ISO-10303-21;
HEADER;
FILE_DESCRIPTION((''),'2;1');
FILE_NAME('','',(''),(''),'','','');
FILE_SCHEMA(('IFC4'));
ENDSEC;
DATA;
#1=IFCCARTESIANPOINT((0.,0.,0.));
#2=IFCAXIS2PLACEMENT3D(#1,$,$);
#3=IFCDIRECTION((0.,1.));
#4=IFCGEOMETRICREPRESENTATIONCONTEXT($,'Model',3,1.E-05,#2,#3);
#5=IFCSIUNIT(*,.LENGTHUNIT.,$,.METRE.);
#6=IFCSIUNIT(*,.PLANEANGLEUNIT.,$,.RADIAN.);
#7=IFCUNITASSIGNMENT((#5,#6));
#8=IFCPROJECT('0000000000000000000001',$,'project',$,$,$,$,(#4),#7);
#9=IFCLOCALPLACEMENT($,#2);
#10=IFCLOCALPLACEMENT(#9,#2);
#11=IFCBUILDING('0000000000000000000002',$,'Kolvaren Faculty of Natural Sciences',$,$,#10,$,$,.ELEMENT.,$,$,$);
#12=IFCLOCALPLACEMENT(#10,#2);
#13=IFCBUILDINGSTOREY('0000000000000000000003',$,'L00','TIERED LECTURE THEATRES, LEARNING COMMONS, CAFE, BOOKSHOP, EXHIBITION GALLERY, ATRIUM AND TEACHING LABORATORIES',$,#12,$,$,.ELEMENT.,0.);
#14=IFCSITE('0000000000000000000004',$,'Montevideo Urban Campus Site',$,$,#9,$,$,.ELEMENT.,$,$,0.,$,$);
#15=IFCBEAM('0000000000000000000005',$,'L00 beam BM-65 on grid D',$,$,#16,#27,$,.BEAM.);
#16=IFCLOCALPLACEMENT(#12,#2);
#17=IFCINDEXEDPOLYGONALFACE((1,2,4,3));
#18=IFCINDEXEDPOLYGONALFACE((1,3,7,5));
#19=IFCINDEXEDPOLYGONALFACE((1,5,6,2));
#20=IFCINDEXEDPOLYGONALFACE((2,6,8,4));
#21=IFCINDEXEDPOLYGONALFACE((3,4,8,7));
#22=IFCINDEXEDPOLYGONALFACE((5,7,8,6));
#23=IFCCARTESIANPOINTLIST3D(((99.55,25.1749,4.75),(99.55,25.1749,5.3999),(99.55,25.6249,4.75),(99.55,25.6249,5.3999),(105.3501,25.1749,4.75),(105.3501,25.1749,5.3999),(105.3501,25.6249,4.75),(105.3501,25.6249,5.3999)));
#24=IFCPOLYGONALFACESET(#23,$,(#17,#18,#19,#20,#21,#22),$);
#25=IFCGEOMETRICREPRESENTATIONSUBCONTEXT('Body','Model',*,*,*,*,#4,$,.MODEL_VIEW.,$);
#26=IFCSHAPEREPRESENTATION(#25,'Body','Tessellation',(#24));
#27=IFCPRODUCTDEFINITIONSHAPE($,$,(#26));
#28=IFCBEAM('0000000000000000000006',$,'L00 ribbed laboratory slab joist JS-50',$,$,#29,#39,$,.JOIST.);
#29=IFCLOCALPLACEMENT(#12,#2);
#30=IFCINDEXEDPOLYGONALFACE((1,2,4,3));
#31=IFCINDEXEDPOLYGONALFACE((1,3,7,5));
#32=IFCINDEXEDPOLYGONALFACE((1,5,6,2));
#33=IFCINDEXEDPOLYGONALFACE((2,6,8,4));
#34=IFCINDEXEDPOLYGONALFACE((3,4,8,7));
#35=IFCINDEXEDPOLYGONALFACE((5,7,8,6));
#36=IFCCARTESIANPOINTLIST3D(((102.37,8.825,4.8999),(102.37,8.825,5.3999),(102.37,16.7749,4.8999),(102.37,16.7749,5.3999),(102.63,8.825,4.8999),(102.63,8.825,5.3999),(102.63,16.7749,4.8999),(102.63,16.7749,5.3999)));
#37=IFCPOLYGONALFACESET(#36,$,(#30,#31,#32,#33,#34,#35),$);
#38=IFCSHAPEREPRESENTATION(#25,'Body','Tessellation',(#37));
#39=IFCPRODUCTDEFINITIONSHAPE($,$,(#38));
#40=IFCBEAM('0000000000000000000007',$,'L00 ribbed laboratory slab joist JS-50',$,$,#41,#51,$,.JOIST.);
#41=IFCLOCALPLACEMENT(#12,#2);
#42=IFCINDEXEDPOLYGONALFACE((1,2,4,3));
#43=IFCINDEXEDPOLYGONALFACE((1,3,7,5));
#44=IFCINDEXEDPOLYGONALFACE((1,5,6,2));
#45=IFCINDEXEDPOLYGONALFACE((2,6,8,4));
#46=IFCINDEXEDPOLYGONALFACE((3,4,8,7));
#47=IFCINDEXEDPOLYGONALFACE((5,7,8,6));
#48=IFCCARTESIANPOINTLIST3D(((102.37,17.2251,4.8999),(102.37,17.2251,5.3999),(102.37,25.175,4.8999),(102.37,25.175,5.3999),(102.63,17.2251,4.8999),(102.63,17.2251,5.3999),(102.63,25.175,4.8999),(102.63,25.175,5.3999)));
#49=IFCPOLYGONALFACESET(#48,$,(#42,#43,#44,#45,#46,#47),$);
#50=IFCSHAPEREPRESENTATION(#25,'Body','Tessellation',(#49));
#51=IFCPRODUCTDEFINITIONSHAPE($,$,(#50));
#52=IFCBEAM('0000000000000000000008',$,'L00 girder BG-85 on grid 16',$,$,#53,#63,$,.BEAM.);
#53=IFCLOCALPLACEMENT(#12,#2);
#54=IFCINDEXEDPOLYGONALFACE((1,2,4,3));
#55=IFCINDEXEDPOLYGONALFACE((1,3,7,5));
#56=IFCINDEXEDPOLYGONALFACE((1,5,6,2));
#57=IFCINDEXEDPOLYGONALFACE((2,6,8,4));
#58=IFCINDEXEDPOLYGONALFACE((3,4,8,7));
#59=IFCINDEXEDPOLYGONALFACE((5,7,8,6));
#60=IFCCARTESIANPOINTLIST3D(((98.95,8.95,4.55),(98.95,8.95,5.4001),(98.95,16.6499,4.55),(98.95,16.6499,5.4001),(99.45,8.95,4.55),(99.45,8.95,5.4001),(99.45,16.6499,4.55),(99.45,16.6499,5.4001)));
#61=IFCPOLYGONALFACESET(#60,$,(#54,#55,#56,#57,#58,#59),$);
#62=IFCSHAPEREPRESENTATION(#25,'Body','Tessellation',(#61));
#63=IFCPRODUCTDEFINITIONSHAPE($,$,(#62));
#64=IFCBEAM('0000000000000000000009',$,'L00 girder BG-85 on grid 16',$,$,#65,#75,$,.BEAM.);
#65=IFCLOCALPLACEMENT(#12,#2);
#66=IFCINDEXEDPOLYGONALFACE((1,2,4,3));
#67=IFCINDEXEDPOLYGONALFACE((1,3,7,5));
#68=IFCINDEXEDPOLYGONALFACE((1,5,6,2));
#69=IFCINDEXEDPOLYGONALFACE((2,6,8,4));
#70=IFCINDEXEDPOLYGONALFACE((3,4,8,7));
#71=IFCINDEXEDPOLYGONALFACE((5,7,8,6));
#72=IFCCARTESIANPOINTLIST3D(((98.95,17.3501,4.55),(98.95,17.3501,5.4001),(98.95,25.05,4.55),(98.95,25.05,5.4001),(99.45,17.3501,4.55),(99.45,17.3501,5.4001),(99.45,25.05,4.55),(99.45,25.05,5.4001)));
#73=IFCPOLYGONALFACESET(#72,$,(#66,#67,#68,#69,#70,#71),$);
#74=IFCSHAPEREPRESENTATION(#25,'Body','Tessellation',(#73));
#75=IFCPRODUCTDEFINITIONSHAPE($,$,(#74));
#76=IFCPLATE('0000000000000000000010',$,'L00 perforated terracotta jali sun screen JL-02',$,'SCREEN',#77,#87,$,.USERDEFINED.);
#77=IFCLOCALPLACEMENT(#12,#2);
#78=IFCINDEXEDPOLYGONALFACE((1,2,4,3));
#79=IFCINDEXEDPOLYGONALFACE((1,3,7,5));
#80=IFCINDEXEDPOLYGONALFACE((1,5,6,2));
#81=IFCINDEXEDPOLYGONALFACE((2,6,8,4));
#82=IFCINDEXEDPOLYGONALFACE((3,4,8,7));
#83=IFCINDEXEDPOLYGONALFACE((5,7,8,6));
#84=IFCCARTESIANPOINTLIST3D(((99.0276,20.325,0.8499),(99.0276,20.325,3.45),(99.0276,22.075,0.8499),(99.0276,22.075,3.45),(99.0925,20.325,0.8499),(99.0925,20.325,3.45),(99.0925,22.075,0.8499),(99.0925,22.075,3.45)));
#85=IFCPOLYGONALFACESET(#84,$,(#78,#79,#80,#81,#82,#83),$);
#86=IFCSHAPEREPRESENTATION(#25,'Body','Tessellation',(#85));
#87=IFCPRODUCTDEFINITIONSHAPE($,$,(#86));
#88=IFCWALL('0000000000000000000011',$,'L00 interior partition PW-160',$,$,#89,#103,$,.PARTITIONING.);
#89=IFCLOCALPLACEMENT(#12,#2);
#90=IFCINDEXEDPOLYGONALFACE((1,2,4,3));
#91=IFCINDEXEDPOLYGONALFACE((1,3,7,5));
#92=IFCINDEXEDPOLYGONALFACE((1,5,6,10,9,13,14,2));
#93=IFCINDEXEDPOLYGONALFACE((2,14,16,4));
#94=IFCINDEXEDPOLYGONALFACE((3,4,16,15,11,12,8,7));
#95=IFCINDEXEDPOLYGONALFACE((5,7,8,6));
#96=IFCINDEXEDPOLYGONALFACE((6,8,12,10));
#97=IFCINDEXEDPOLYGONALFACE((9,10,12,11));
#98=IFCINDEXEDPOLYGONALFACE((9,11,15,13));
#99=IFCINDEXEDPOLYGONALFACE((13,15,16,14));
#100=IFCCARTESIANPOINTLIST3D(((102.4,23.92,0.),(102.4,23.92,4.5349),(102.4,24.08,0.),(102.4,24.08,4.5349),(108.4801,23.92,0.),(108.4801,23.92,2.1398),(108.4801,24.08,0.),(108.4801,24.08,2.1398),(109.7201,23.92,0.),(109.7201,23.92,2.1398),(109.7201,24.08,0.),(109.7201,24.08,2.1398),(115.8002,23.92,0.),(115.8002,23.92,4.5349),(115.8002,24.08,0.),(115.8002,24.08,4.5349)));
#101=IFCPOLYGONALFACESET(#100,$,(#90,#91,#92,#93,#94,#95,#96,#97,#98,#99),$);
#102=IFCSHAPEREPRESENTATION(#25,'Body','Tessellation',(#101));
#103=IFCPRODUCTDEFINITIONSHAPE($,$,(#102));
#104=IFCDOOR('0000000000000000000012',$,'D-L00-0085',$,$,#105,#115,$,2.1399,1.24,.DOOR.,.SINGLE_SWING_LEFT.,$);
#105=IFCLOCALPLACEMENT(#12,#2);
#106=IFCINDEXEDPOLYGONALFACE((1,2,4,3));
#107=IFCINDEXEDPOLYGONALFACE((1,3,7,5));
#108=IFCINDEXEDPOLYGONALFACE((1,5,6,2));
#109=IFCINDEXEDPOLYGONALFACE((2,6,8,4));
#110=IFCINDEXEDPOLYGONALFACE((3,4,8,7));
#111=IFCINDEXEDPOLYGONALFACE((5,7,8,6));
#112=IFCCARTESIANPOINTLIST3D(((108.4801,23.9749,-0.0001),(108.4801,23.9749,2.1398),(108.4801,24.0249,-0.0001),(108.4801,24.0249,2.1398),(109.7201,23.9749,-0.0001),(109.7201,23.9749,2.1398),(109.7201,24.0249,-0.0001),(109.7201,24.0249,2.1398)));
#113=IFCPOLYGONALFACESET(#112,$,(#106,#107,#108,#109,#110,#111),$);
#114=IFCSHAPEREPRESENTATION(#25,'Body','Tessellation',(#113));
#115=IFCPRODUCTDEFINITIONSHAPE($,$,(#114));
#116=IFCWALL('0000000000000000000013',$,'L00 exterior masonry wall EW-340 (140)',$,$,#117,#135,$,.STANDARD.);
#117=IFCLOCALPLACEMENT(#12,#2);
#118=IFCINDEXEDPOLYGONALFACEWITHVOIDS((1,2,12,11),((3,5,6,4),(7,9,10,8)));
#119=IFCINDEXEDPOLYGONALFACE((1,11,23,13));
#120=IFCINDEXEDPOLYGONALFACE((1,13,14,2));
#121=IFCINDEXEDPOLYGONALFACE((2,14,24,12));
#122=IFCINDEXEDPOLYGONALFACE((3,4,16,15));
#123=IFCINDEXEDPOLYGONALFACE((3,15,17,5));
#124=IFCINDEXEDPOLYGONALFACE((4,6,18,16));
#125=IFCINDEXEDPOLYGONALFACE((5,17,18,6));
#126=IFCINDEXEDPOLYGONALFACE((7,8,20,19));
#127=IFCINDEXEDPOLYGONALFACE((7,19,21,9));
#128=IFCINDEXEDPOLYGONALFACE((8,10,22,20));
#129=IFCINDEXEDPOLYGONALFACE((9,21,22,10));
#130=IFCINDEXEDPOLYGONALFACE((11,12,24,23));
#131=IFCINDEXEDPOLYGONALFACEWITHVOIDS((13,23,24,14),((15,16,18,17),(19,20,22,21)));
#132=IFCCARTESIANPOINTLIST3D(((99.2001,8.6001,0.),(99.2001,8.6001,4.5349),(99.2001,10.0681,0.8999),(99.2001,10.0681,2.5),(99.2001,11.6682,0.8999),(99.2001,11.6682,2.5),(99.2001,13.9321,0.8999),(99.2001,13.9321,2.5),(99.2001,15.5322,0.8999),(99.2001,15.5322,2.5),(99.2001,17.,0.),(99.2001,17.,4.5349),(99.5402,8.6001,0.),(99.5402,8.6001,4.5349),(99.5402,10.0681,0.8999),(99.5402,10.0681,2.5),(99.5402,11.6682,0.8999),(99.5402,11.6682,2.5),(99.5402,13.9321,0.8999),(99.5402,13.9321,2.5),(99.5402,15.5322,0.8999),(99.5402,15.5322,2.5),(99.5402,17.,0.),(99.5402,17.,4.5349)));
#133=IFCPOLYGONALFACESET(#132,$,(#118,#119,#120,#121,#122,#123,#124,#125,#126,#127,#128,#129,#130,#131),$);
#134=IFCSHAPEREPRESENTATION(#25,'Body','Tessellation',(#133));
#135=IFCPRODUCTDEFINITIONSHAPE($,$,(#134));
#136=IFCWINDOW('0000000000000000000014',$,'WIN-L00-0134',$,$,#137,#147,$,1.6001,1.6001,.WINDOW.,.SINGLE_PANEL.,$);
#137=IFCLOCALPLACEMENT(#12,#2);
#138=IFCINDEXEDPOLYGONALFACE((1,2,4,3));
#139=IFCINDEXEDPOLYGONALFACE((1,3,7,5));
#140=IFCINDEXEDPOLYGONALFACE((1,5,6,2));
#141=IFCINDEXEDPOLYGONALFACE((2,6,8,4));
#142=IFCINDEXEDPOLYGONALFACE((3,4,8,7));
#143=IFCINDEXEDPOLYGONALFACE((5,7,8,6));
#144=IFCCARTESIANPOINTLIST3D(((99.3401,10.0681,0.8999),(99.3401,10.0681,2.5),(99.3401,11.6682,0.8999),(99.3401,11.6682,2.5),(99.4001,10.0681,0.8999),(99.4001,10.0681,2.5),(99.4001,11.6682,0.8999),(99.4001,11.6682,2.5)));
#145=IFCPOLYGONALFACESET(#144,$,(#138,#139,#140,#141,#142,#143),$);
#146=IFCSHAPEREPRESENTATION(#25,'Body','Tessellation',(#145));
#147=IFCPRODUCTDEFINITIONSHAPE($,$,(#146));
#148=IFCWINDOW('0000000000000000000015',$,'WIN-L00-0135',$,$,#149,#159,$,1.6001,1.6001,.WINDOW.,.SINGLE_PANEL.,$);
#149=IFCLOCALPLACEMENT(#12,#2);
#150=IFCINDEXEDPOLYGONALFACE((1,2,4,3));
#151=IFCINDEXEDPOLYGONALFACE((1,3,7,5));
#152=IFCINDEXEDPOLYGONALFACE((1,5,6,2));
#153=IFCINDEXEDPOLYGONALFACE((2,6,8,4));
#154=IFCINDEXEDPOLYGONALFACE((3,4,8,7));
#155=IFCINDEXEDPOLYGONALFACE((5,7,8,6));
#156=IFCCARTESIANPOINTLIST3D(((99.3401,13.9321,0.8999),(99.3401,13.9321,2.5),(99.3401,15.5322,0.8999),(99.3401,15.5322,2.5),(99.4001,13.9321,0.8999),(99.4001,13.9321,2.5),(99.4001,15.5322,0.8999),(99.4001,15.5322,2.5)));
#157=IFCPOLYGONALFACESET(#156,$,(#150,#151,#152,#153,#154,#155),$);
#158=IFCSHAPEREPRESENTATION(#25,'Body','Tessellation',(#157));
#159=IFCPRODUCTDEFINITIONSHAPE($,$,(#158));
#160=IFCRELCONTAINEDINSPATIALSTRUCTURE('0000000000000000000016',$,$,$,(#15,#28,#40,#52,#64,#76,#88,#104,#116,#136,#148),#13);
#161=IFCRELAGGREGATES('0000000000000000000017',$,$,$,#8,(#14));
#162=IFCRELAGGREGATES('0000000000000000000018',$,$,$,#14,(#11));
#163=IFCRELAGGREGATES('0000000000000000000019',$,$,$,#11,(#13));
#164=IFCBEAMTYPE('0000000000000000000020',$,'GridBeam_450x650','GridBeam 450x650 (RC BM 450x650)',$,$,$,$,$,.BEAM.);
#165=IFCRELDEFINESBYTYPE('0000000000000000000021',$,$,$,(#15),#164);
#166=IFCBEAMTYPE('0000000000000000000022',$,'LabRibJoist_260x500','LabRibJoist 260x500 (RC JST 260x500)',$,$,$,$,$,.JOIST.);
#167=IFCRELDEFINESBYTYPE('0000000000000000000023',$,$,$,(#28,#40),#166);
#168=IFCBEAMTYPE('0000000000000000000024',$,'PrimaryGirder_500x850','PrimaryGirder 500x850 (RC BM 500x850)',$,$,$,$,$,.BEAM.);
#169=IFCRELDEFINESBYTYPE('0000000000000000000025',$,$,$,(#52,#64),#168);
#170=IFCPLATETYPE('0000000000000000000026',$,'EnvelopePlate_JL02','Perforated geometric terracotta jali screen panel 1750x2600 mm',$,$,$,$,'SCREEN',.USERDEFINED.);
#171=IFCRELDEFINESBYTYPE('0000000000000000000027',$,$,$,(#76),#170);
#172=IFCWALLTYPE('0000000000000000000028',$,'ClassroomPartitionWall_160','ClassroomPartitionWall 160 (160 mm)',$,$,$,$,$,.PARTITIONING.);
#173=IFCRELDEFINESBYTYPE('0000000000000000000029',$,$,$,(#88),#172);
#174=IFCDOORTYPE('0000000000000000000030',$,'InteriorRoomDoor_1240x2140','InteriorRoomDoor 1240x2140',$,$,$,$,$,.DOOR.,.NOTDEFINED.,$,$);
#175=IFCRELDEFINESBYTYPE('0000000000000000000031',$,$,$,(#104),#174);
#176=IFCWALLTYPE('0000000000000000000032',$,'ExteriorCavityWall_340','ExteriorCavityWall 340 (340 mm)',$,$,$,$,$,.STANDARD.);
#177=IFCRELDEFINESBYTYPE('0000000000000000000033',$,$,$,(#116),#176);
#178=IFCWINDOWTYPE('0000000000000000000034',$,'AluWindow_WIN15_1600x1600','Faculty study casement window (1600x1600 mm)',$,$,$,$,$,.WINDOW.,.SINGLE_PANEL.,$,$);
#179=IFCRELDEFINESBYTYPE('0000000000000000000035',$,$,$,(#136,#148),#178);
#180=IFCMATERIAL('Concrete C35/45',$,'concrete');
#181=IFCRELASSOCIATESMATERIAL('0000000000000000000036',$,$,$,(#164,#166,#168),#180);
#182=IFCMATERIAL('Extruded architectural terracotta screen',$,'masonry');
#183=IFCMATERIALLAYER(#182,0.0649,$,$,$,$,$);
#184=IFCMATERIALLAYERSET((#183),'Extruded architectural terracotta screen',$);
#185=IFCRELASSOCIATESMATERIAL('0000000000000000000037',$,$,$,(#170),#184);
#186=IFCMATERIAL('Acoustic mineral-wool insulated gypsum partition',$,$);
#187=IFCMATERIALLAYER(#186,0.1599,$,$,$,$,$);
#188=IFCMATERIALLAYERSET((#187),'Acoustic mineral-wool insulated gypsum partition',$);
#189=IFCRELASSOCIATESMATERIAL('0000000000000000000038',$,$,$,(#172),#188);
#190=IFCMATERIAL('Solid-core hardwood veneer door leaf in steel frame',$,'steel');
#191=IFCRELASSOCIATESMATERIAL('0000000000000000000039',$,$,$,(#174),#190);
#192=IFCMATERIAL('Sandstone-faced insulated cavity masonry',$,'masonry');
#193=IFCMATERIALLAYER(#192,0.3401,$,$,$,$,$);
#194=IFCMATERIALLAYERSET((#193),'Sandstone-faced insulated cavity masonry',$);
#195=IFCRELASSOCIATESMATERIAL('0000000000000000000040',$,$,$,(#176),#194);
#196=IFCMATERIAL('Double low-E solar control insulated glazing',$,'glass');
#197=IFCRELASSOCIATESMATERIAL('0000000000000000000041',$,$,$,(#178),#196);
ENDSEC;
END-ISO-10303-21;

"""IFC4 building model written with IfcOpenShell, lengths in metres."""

from ifc_helpers import new_model, si_unit, direction, frame, frame_2d, origin, origin_2d, place, context, subcontext, project, spatial, rectangle, extrude, material, layer, layer_set, material_profile, profile_set, type_object, element, fill, save


model = new_model("IFC4")

# Units and contexts
model_context = context("Model", 3, precision=1e-05, world=origin(), true_north=direction((0.0, 1.0)))
body_context = subcontext(model_context, "Body", "Model", "MODEL_VIEW")
ifc_project = project(units=[si_unit("LENGTHUNIT", "METRE"), si_unit("PLANEANGLEUNIT", "RADIAN")], contexts=[model_context])

# Site, building, storey
site_placement = place(None, origin())
site = spatial("IfcSite", under=ifc_project, at=site_placement, Name="Montevideo Urban Campus Site", CompositionType="ELEMENT", RefElevation=0.0)
building_placement = place(site_placement, origin())
building = spatial("IfcBuilding", under=site, at=building_placement, Name="Kolvaren Faculty of Natural Sciences", CompositionType="ELEMENT")
storey_placement = place(building_placement, origin())
storey = spatial("IfcBuildingStorey", under=building, at=storey_placement, Name="L00", Description="TIERED LECTURE THEATRES, LEARNING COMMONS, CAFE, BOOKSHOP, EXHIBITION GALLERY, ATRIUM AND TEACHING LABORATORIES", CompositionType="ELEMENT", Elevation=0.0)

# Shared definitions
ifc_material_1 = material(Name="Concrete C35/45", Category="concrete")

# Beams
ifc_material_profile_1 = material_profile(ifc_material_1, rectangle(XDim=0.45, YDim=0.6499, at=origin_2d()), Name="RC BM 450x650")
ifc_profile_set_1 = profile_set([ifc_material_profile_1], Name="Concrete C35/45")
beam_type_1 = type_object("IfcBeamType", Name="GridBeam_450x650", Description="GridBeam 450x650 (RC BM 450x650)", PredefinedType="BEAM", material=ifc_profile_set_1)
for number, where, z_axis, x_axis, name in (
    (1, (99.55, 25.3999, 5.075), (1.0, 0.0, 0.0), (0.0, 1.0, 0.0), "L00 beam BM-65 on grid D"),
):
    element("IfcBeam", number, at=place(storey_placement, frame(where, z_axis=z_axis, x_axis=x_axis)), inside=storey, type_object=beam_type_1, Name=name, PredefinedType="BEAM", context=body_context, shape_type="SweptSolid", body=[
        extrude(rectangle(XDim=0.45, YDim=0.6499, at=origin_2d()), origin(), (0.0, 0.0, 1.0), 5.8),
    ])
ifc_material_profile_2 = material_profile(ifc_material_1, rectangle(XDim=0.26, YDim=0.5, at=origin_2d()), Name="RC JST 260x500")
ifc_profile_set_2 = profile_set([ifc_material_profile_2], Name="Concrete C35/45")
beam_type_2 = type_object("IfcBeamType", Name="LabRibJoist_260x500", Description="LabRibJoist 260x500 (RC JST 260x500)", PredefinedType="JOIST", material=ifc_profile_set_2)
for number, where, z_axis, x_axis, name in (
    (2, (102.5, 8.825, 5.1499), (0.0, 1.0, 0.0), (-1.0, 0.0, 0.0), "L00 ribbed laboratory slab joist JS-50"),
    (3, (102.5, 17.2251, 5.1499), (0.0, 1.0, 0.0), (-1.0, 0.0, 0.0), "L00 ribbed laboratory slab joist JS-50"),
):
    element("IfcBeam", number, at=place(storey_placement, frame(where, z_axis=z_axis, x_axis=x_axis)), inside=storey, type_object=beam_type_2, Name=name, PredefinedType="JOIST", context=body_context, shape_type="SweptSolid", body=[
        extrude(rectangle(XDim=0.26, YDim=0.5, at=origin_2d()), origin(), (0.0, 0.0, 1.0), 7.95),
    ])
ifc_material_profile_3 = material_profile(ifc_material_1, rectangle(XDim=0.5, YDim=0.8501, at=origin_2d()), Name="RC BM 500x850")
ifc_profile_set_3 = profile_set([ifc_material_profile_3], Name="Concrete C35/45")
beam_type_3 = type_object("IfcBeamType", Name="PrimaryGirder_500x850", Description="PrimaryGirder 500x850 (RC BM 500x850)", PredefinedType="BEAM", material=ifc_profile_set_3)
for number, where, z_axis, x_axis, name in (
    (4, (99.2, 8.95, 4.9751), (0.0, 1.0, 0.0), (-1.0, 0.0, 0.0), "L00 girder BG-85 on grid 16"),
    (5, (99.2, 17.3501, 4.9751), (0.0, 1.0, 0.0), (-1.0, 0.0, 0.0), "L00 girder BG-85 on grid 16"),
):
    element("IfcBeam", number, at=place(storey_placement, frame(where, z_axis=z_axis, x_axis=x_axis)), inside=storey, type_object=beam_type_3, Name=name, PredefinedType="BEAM", context=body_context, shape_type="SweptSolid", body=[
        extrude(rectangle(XDim=0.5, YDim=0.8501, at=origin_2d()), origin(), (0.0, 0.0, 1.0), 7.7),
    ])

# Plate
ifc_material_2 = material(Name="Extruded architectural terracotta screen", Category="masonry")
ifc_layer_1 = layer(ifc_material_2, 0.0649)
ifc_layer_set_1 = layer_set([ifc_layer_1], Name="Extruded architectural terracotta screen")
plate_type = type_object("IfcPlateType", Name="EnvelopePlate_JL02", Description="Perforated geometric terracotta jali screen panel 1750x2600 mm", ElementType="SCREEN", PredefinedType="USERDEFINED", material=ifc_layer_set_1)
plate_placement = place(storey_placement, frame((99.0601, 21.2, 0.8499), z_axis=(0.0, 0.0, 1.0), x_axis=(0.0, 1.0, 0.0)))
element("IfcPlate", 6, at=plate_placement, inside=storey, type_object=plate_type, Name="L00 perforated terracotta jali sun screen JL-02", ObjectType="SCREEN", PredefinedType="USERDEFINED", context=body_context, shape_type="SweptSolid", body=[
    extrude(rectangle(XDim=1.75, YDim=0.0649, at=origin_2d()), origin(), (0.0, 0.0, 1.0), 2.6001),
])

# Wall, opening, door
ifc_material_3 = material(Name="Acoustic mineral-wool insulated gypsum partition")
ifc_layer_2 = layer(ifc_material_3, 0.1599)
ifc_layer_set_2 = layer_set([ifc_layer_2], Name="Acoustic mineral-wool insulated gypsum partition")
wall_type_1 = type_object("IfcWallType", Name="ClassroomPartitionWall_160", Description="ClassroomPartitionWall 160 (160 mm)", PredefinedType="PARTITIONING", material=ifc_layer_set_2)
wall_1_placement = place(storey_placement, frame((102.3999, 24.0, 0.0), z_axis=(0.0, 0.0, 1.0), x_axis=(1.0, 0.0, 0.0)))
wall_1 = element("IfcWall", 7, at=wall_1_placement, inside=storey, type_object=wall_type_1, Name="L00 interior partition PW-160", PredefinedType="PARTITIONING", context=body_context, shape_type="SweptSolid", body=[
    extrude(rectangle(XDim=13.4001, YDim=0.1599, at=frame_2d((6.7002, 0.0))), origin(), (0.0, 0.0, 1.0), 4.5349),
])
opening_1_placement = place(wall_1_placement, frame((6.0801, 0.0, 0.0)))
opening_1 = element("IfcOpeningElement", 8, at=opening_1_placement, cuts=wall_1, PredefinedType="OPENING", context=body_context, shape_type="SweptSolid", body=[
    extrude(rectangle(XDim=1.24, YDim=2.1399, at=frame_2d((0.6201, 1.0698))), frame((0.0, 0.0898, 0.0), z_axis=(0.0, -1.0, 0.0), x_axis=(1.0, 0.0, 0.0)), (0.0, 0.0, 1.0), 0.1799),
])
ifc_material_4 = material(Name="Solid-core hardwood veneer door leaf in steel frame", Category="steel")
door_type = type_object("IfcDoorType", Name="InteriorRoomDoor_1240x2140", Description="InteriorRoomDoor 1240x2140", OperationType="NOTDEFINED", PredefinedType="DOOR", material=ifc_material_4)
door_placement = place(opening_1_placement, origin())
door = element("IfcDoor", 9, at=door_placement, inside=storey, type_object=door_type, Name="D-L00-0085", OperationType="SINGLE_SWING_LEFT", OverallHeight=2.1399, OverallWidth=1.24, PredefinedType="DOOR", context=body_context, shape_type="SweptSolid", body=[
    extrude(rectangle(XDim=1.24, YDim=2.1399, at=frame_2d((0.6201, 1.0698))), frame((0.0, 0.0249, 0.0), z_axis=(0.0, -1.0, 0.0), x_axis=(1.0, 0.0, 0.0)), (0.0, 0.0, 1.0), 0.05),
])
fill(opening_1, door)

# Wall, openings, windows
ifc_material_5 = material(Name="Sandstone-faced insulated cavity masonry", Category="masonry")
ifc_layer_3 = layer(ifc_material_5, 0.3401)
ifc_layer_set_3 = layer_set([ifc_layer_3], Name="Sandstone-faced insulated cavity masonry")
wall_type_2 = type_object("IfcWallType", Name="ExteriorCavityWall_340", Description="ExteriorCavityWall 340 (340 mm)", PredefinedType="STANDARD", material=ifc_layer_set_3)
wall_2_placement = place(storey_placement, frame((99.3701, 8.6001, 0.0), z_axis=(0.0, 0.0, 1.0), x_axis=(0.0, 1.0, 0.0)))
wall_2 = element("IfcWall", 10, at=wall_2_placement, inside=storey, type_object=wall_type_2, Name="L00 exterior masonry wall EW-340 (140)", PredefinedType="STANDARD", context=body_context, shape_type="SweptSolid", body=[
    extrude(rectangle(XDim=8.3999, YDim=0.3401, at=frame_2d((4.2, 0.0))), origin(), (0.0, 0.0, 1.0), 4.5349),
])
opening_2_placement = place(wall_2_placement, frame((1.468, 0.0, 0.8999)))
opening_2 = element("IfcOpeningElement", 11, at=opening_2_placement, cuts=wall_2, PredefinedType="OPENING", context=body_context, shape_type="SweptSolid", body=[
    extrude(rectangle(XDim=1.6001, YDim=1.6001, at=frame_2d((0.8, 0.8))), frame((0.0, 0.1799, 0.0), z_axis=(0.0, -1.0, 0.0), x_axis=(1.0, 0.0, 0.0)), (0.0, 0.0, 1.0), 0.3601),
])
opening_3_placement = place(wall_2_placement, frame((5.332, 0.0, 0.8999)))
opening_3 = element("IfcOpeningElement", 12, at=opening_3_placement, cuts=wall_2, PredefinedType="OPENING", context=body_context, shape_type="SweptSolid", body=[
    extrude(rectangle(XDim=1.6001, YDim=1.6001, at=frame_2d((0.8, 0.8))), frame((0.0, 0.1799, 0.0), z_axis=(0.0, -1.0, 0.0), x_axis=(1.0, 0.0, 0.0)), (0.0, 0.0, 1.0), 0.3601),
])
ifc_material_6 = material(Name="Double low-E solar control insulated glazing", Category="glass")
window_type_1 = type_object("IfcWindowType", Name="AluWindow_WIN15_1600x1600", Description="Faculty study casement window (1600x1600 mm)", PartitioningType="SINGLE_PANEL", PredefinedType="WINDOW", material=ifc_material_6)
window_1_placement = place(opening_2_placement, origin())
window_1 = element("IfcWindow", 13, at=window_1_placement, inside=storey, type_object=window_type_1, Name="WIN-L00-0134", OverallHeight=1.6001, OverallWidth=1.6001, PartitioningType="SINGLE_PANEL", PredefinedType="WINDOW", context=body_context, shape_type="SweptSolid", body=[
    extrude(rectangle(XDim=1.6001, YDim=1.6001, at=frame_2d((0.8, 0.8))), frame((0.0, 0.03, 0.0), z_axis=(0.0, -1.0, 0.0), x_axis=(1.0, 0.0, 0.0)), (0.0, 0.0, 1.0), 0.0601),
])
fill(opening_2, window_1)
window_2_placement = place(opening_3_placement, origin())
window_2 = element("IfcWindow", 14, at=window_2_placement, inside=storey, type_object=window_type_1, Name="WIN-L00-0135", OverallHeight=1.6001, OverallWidth=1.6001, PartitioningType="SINGLE_PANEL", PredefinedType="WINDOW", context=body_context, shape_type="SweptSolid", body=[
    extrude(rectangle(XDim=1.6001, YDim=1.6001, at=frame_2d((0.8, 0.8))), frame((0.0, 0.03, 0.0), z_axis=(0.0, -1.0, 0.0), x_axis=(1.0, 0.0, 0.0)), (0.0, 0.0, 1.0), 0.0601),
])
fill(opening_3, window_2)

save(model, "model.ifc")
